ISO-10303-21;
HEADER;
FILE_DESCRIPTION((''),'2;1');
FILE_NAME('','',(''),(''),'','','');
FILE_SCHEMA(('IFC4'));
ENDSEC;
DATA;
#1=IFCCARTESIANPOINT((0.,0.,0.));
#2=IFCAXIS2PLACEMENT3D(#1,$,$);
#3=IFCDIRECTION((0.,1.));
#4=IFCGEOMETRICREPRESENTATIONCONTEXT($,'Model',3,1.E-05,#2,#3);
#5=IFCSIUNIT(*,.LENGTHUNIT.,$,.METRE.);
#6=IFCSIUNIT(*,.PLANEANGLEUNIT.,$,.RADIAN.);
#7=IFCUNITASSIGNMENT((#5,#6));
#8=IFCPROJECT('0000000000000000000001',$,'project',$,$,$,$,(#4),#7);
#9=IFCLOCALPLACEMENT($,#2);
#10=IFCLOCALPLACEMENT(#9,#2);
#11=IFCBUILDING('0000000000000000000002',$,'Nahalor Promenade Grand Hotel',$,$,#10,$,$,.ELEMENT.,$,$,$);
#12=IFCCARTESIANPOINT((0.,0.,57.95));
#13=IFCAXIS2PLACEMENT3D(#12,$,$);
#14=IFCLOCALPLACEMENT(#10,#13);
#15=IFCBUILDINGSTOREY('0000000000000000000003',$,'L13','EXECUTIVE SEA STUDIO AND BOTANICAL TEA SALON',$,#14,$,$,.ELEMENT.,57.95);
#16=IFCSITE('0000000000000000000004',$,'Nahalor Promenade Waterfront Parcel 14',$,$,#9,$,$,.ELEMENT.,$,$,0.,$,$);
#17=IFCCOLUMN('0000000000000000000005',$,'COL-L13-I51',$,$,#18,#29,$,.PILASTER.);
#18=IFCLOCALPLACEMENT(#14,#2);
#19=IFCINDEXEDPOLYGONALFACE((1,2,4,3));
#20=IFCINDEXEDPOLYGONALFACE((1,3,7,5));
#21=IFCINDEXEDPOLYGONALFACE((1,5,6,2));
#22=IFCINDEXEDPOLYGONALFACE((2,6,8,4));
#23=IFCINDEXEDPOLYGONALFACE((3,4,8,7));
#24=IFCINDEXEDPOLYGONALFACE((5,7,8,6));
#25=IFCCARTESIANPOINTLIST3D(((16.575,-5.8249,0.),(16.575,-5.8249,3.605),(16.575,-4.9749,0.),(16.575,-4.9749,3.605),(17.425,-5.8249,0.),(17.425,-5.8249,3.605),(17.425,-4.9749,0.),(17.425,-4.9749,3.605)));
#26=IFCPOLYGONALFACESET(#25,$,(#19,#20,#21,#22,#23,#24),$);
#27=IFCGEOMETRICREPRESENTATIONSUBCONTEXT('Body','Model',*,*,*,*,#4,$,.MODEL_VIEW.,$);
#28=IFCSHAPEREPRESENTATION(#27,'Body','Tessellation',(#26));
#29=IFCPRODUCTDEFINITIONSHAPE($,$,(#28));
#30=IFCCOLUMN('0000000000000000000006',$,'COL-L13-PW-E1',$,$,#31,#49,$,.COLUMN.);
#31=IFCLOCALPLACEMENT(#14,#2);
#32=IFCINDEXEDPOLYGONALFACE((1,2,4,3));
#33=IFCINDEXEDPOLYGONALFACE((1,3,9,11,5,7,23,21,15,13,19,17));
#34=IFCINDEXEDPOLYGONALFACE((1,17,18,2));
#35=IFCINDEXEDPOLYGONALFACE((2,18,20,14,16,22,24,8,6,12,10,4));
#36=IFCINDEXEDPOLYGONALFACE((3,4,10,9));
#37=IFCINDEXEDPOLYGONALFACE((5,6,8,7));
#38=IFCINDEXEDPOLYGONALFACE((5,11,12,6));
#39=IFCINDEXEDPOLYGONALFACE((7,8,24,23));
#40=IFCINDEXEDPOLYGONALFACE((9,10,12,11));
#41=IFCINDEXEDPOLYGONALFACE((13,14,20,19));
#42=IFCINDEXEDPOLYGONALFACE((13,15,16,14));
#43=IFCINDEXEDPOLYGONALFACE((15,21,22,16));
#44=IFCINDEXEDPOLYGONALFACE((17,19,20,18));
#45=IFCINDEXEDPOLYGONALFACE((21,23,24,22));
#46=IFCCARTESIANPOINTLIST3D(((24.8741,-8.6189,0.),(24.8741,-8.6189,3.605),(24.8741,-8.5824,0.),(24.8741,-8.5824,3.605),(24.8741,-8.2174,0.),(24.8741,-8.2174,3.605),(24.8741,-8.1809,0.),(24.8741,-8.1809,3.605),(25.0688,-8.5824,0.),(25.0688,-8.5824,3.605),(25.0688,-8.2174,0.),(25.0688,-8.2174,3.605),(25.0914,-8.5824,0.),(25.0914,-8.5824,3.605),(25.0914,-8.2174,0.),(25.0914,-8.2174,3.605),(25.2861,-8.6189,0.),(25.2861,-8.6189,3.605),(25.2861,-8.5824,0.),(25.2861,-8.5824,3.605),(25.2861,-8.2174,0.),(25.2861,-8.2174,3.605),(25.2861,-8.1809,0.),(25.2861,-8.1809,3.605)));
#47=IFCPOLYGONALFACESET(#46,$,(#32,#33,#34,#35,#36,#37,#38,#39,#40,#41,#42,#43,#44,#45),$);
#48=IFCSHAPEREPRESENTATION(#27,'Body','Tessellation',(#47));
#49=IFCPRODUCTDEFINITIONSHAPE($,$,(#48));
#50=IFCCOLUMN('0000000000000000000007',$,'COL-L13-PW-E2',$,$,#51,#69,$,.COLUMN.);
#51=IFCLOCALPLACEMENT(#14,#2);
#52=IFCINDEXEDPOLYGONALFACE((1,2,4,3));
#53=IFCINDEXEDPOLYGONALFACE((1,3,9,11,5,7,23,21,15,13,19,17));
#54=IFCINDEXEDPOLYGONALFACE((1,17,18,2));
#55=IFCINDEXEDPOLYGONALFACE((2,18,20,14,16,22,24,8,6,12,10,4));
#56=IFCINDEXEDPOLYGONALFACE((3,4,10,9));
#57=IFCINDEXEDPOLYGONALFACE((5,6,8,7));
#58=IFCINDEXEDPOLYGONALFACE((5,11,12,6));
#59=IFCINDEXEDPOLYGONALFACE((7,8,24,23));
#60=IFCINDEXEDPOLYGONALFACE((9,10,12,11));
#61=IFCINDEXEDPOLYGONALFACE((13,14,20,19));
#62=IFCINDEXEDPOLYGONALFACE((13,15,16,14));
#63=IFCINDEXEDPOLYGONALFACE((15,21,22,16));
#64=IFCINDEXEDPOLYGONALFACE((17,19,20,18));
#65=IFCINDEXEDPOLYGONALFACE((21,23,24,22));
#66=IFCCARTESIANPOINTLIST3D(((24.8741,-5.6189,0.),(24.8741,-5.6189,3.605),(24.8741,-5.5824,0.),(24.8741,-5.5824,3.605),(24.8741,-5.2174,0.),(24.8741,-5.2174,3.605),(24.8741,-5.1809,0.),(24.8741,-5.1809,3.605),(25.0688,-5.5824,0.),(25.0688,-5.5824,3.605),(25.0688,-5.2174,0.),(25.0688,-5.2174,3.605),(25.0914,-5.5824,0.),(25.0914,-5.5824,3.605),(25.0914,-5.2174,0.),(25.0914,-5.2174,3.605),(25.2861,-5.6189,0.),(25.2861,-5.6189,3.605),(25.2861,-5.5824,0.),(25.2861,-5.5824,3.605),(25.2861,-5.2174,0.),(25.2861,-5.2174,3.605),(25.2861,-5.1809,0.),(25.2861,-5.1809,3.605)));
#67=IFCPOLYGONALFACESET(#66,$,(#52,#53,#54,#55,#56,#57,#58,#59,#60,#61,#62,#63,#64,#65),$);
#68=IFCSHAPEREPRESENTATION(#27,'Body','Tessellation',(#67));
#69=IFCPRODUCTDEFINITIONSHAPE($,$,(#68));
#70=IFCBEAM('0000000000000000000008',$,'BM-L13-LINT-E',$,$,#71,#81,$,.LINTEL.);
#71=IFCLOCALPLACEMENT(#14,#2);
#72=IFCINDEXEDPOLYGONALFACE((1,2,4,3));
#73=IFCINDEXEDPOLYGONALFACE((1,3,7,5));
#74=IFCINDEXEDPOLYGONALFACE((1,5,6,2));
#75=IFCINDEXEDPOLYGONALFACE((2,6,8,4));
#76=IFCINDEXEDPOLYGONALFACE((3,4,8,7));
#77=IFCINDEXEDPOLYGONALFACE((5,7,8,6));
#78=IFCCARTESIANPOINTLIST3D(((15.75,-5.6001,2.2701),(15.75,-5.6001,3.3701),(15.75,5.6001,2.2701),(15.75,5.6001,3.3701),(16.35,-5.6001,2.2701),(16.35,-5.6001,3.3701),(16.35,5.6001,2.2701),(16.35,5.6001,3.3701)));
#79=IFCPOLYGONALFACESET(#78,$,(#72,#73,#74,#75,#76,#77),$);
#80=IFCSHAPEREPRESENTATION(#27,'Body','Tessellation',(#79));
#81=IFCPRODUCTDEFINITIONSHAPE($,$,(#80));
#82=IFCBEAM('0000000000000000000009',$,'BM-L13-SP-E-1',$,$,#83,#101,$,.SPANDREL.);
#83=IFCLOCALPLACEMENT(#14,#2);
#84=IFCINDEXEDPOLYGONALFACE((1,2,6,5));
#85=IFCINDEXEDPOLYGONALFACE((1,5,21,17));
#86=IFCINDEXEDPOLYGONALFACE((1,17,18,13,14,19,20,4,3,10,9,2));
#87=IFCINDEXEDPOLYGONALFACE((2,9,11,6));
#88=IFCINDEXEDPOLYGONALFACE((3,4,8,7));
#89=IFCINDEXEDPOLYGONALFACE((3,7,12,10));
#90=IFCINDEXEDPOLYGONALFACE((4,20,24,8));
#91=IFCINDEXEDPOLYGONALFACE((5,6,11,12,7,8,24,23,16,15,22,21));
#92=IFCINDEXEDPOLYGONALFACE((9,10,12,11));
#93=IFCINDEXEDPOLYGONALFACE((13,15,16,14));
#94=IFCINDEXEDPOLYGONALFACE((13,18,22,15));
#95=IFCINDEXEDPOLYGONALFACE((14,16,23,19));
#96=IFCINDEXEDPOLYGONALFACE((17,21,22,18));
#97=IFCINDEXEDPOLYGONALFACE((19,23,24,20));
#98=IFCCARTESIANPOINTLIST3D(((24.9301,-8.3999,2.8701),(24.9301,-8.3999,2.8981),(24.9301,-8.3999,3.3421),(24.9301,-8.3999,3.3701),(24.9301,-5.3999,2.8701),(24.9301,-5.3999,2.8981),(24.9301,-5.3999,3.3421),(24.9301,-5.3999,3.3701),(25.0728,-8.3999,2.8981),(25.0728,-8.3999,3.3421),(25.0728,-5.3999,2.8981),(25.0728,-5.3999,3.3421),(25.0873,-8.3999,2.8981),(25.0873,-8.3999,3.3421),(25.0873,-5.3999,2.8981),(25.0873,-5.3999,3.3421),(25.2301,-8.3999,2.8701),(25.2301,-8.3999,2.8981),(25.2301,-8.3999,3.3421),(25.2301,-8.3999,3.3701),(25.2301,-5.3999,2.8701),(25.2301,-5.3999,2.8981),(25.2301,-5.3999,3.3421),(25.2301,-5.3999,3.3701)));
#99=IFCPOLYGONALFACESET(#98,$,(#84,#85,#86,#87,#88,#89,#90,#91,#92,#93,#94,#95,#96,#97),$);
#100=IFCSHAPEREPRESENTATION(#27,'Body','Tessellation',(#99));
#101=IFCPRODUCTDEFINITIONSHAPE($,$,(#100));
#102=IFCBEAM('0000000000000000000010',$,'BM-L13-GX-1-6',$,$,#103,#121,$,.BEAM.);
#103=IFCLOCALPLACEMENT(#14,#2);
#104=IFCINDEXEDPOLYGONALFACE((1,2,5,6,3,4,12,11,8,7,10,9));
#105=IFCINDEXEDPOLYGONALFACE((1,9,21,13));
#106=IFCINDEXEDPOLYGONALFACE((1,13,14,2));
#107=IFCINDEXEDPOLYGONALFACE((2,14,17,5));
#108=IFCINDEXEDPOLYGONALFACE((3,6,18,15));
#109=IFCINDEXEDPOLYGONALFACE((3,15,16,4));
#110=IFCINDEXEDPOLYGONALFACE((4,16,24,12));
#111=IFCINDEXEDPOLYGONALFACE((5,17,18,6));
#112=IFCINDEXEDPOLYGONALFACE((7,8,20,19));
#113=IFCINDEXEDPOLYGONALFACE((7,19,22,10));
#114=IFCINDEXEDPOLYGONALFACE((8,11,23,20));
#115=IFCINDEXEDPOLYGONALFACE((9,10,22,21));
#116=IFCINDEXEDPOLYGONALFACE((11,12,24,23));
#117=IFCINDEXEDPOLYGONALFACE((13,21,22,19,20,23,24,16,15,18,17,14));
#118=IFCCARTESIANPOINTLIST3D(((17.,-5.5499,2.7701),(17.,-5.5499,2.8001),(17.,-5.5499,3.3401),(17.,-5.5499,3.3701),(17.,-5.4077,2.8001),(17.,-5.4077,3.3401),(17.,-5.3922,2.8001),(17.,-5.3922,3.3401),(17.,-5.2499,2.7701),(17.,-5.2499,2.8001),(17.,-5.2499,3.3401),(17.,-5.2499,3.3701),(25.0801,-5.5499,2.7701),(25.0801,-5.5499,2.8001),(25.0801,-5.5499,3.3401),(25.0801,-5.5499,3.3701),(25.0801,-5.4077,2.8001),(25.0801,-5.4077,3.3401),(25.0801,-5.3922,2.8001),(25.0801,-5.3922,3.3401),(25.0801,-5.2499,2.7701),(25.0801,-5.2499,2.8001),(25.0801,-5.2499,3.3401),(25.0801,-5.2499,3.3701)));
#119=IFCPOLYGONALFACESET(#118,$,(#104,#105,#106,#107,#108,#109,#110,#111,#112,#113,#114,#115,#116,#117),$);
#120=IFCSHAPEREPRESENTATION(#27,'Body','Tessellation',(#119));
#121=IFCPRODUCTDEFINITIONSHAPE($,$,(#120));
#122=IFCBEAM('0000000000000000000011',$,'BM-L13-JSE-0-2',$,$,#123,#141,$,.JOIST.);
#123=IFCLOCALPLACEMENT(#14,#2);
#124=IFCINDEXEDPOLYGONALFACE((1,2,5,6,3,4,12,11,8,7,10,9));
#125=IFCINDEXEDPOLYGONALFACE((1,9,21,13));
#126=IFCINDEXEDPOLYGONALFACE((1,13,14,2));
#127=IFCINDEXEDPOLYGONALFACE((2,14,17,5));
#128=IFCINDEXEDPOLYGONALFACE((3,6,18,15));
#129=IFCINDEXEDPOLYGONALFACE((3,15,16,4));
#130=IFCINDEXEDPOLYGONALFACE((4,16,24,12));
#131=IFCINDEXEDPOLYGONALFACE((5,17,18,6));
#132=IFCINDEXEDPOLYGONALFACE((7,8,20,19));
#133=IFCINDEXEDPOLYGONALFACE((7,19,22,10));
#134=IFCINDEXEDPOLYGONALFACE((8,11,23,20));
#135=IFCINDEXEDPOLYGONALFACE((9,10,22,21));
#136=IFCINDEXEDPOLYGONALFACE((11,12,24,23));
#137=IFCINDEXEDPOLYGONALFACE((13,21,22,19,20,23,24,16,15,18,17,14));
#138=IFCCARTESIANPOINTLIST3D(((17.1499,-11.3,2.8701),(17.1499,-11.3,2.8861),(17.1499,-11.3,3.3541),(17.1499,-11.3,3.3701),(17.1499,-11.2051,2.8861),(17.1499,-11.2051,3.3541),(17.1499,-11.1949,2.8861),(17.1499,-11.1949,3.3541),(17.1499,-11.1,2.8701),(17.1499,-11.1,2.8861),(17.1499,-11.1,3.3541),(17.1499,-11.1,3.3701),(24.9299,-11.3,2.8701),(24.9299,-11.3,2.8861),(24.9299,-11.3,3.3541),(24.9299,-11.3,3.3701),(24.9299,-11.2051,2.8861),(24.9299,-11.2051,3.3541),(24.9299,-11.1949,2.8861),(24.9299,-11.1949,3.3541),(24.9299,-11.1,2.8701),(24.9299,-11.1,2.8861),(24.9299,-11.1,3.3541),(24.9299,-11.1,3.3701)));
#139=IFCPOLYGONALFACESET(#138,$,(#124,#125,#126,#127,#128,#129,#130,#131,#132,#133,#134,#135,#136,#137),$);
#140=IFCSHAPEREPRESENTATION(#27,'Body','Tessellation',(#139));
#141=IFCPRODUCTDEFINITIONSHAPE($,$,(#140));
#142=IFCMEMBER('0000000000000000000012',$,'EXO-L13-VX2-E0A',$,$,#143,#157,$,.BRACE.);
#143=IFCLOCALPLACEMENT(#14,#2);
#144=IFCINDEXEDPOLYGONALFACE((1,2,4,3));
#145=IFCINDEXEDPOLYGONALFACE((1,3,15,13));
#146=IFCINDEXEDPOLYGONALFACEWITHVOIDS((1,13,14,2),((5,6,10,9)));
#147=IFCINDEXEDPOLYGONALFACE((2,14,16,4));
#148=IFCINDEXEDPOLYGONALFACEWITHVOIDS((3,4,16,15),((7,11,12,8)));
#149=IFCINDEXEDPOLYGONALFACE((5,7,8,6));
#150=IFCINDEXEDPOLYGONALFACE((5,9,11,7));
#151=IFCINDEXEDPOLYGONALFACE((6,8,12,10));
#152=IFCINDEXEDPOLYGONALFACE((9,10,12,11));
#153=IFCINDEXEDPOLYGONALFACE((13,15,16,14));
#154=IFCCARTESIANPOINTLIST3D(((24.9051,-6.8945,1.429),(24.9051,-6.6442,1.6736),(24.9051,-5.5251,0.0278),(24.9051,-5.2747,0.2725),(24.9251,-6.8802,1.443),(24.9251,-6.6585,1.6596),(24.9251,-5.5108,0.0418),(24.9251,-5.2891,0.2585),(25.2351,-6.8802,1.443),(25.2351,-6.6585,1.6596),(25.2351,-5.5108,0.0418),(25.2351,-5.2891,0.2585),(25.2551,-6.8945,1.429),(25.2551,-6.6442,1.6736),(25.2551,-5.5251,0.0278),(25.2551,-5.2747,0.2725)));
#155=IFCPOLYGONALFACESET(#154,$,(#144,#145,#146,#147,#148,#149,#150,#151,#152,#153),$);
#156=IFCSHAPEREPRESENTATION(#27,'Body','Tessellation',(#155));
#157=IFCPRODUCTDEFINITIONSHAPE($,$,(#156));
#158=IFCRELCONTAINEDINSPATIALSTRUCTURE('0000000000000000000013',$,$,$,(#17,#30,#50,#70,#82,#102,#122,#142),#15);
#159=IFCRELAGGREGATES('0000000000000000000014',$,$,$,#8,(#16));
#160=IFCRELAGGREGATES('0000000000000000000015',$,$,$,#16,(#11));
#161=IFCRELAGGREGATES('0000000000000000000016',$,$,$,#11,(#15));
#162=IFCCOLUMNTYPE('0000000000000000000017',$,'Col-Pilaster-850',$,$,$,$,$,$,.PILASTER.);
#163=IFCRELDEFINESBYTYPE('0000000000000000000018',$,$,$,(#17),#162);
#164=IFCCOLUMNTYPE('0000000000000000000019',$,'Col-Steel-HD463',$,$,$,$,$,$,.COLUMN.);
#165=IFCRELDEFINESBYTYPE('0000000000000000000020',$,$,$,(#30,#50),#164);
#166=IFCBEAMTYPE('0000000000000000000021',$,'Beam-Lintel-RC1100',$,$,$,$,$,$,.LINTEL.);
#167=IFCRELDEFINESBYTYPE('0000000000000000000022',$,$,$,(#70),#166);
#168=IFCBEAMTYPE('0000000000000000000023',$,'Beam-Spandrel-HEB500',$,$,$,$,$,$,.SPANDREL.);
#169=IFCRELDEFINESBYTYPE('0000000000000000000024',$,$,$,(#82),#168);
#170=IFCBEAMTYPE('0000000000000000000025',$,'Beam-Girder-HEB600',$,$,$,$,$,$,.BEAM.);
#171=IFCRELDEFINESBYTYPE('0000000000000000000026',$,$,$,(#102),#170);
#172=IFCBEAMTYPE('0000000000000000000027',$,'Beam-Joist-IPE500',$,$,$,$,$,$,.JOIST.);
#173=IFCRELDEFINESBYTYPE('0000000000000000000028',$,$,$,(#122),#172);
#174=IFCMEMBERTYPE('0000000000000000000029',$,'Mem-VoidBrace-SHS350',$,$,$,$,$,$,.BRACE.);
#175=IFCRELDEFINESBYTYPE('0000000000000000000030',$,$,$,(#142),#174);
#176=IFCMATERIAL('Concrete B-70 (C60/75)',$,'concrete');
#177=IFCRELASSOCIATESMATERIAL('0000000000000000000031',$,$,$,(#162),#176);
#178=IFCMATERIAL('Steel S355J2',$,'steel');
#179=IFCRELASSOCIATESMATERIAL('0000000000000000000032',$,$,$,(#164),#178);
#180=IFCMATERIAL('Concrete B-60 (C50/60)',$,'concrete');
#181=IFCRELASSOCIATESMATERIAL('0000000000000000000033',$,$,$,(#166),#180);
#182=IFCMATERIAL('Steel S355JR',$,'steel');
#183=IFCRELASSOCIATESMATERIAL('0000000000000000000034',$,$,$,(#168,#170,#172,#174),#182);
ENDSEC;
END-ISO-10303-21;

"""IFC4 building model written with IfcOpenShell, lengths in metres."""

from ifc_helpers import new_model, si_unit, direction, frame, origin, origin_2d, place, context, subcontext, project, spatial, rectangle, hollow_rectangle, i_section, extrude, source, transform, mapped, material, material_profile, profile_set, type_object, element, save


model = new_model("IFC4")

# Units and contexts
model_context = context("Model", 3, precision=1e-05, world=origin(), true_north=direction((0.0, 1.0)))
body_context = subcontext(model_context, "Body", "Model", "MODEL_VIEW")
ifc_project = project(units=[si_unit("LENGTHUNIT", "METRE"), si_unit("PLANEANGLEUNIT", "RADIAN")], contexts=[model_context])

# Site, building, storey
site_placement = place(None, origin())
site = spatial("IfcSite", under=ifc_project, at=site_placement, Name="Nahalor Promenade Waterfront Parcel 14", CompositionType="ELEMENT", RefElevation=0.0)
building_placement = place(site_placement, origin())
building = spatial("IfcBuilding", under=site, at=building_placement, Name="Nahalor Promenade Grand Hotel", CompositionType="ELEMENT")
storey_placement = place(building_placement, frame((0.0, 0.0, 57.95)))
storey = spatial("IfcBuildingStorey", under=building, at=storey_placement, Name="L13", Description="EXECUTIVE SEA STUDIO AND BOTANICAL TEA SALON", CompositionType="ELEMENT", Elevation=57.95)

# Columns
ifc_material_1 = material(Name="Concrete B-70 (C60/75)", Category="concrete")
ifc_material_profile_1 = material_profile(ifc_material_1, rectangle(XDim=0.85, YDim=0.85, at=origin_2d()), Name="RC 850x850")
ifc_profile_set_1 = profile_set([ifc_material_profile_1], Name="Concrete B-70 (C60/75)")
column_type_1 = type_object("IfcColumnType", Name="Col-Pilaster-850", PredefinedType="PILASTER", material=ifc_profile_set_1)
shared_shape_1 = source(origin(), body_context, "Body", "SweptSolid", [
    extrude(rectangle(XDim=0.85, YDim=0.85, at=origin_2d()), origin(), (0.0, 0.0, 1.0), 3.605),
])
column_placement = place(storey_placement, frame((17.0, -5.3999, 0.0), z_axis=(0.0, 0.0, 1.0), x_axis=(1.0, 0.0, 0.0)))
element("IfcColumn", 1, at=column_placement, inside=storey, type_object=column_type_1, Name="COL-L13-I51", PredefinedType="PILASTER", context=body_context, shape_type="MappedRepresentation", body=[
    mapped(shared_shape_1, transform((0.0, 0.0, 0.0), scale=1.0)),
])
ifc_material_2 = material(Name="Steel S355J2", Category="steel")
ifc_material_profile_2 = material_profile(ifc_material_2, i_section(OverallWidth=0.412, OverallDepth=0.438, WebThickness=0.0226, FlangeThickness=0.0365, at=origin_2d()), Name="HD 400x463")
ifc_profile_set_2 = profile_set([ifc_material_profile_2], Name="Steel S355J2")
column_type_2 = type_object("IfcColumnType", Name="Col-Steel-HD463", PredefinedType="COLUMN", material=ifc_profile_set_2)
shared_shape_2 = source(origin(), body_context, "Body", "SweptSolid", [
    extrude(i_section(OverallWidth=0.412, OverallDepth=0.438, WebThickness=0.0226, FlangeThickness=0.0365, at=origin_2d()), origin(), (0.0, 0.0, 1.0), 3.605),
])
for number, where, z_axis, x_axis, name in (
    (2, (25.0801, -8.3999, 0.0), (0.0, 0.0, 1.0), (1.0, 0.0, 0.0), "COL-L13-PW-E1"),
    (3, (25.0801, -5.3999, 0.0), (0.0, 0.0, 1.0), (1.0, 0.0, 0.0), "COL-L13-PW-E2"),
):
    element("IfcColumn", number, at=place(storey_placement, frame(where, z_axis=z_axis, x_axis=x_axis)), inside=storey, type_object=column_type_2, Name=name, PredefinedType="COLUMN", context=body_context, shape_type="MappedRepresentation", body=[
        mapped(shared_shape_2, transform((0.0, 0.0, 0.0), scale=1.0)),
    ])

# Beams
ifc_material_3 = material(Name="Concrete B-60 (C50/60)", Category="concrete")
ifc_material_profile_3 = material_profile(ifc_material_3, rectangle(XDim=0.6, YDim=1.1, at=origin_2d()), Name="RC 600x1100")
ifc_profile_set_3 = profile_set([ifc_material_profile_3], Name="Concrete B-60 (C50/60)")
beam_type_1 = type_object("IfcBeamType", Name="Beam-Lintel-RC1100", PredefinedType="LINTEL", material=ifc_profile_set_3)
shared_shape_3 = source(origin(), body_context, "Body", "SweptSolid", [
    extrude(rectangle(XDim=0.6, YDim=1.1, at=origin_2d()), origin(), (0.0, 0.0, 1.0), 11.2002),
])
beam_1_placement = place(storey_placement, frame((16.05, -5.6001, 2.8201), z_axis=(0.0, 1.0, 0.0), x_axis=(-1.0, 0.0, 0.0)))
element("IfcBeam", 4, at=beam_1_placement, inside=storey, type_object=beam_type_1, Name="BM-L13-LINT-E", PredefinedType="LINTEL", context=body_context, shape_type="MappedRepresentation", body=[
    mapped(shared_shape_3, transform((0.0, 0.0, 0.0), scale=1.0)),
])
ifc_material_4 = material(Name="Steel S355JR", Category="steel")
ifc_material_profile_4 = material_profile(ifc_material_4, i_section(OverallWidth=0.3, OverallDepth=0.5, WebThickness=0.0145, FlangeThickness=0.028, at=origin_2d()), Name="HEB 500")
ifc_profile_set_4 = profile_set([ifc_material_profile_4], Name="Steel S355JR")
beam_type_2 = type_object("IfcBeamType", Name="Beam-Spandrel-HEB500", PredefinedType="SPANDREL", material=ifc_profile_set_4)
shared_shape_4 = source(origin(), body_context, "Body", "SweptSolid", [
    extrude(i_section(OverallWidth=0.3, OverallDepth=0.5, WebThickness=0.0145, FlangeThickness=0.028, at=origin_2d()), origin(), (0.0, 0.0, 1.0), 3.0),
])
beam_2_placement = place(storey_placement, frame((25.0801, -8.3999, 3.1201), z_axis=(0.0, 1.0, 0.0), x_axis=(-1.0, 0.0, 0.0)))
element("IfcBeam", 5, at=beam_2_placement, inside=storey, type_object=beam_type_2, Name="BM-L13-SP-E-1", PredefinedType="SPANDREL", context=body_context, shape_type="MappedRepresentation", body=[
    mapped(shared_shape_4, transform((0.0, 0.0, 0.0), scale=1.0)),
])
ifc_material_profile_5 = material_profile(ifc_material_4, i_section(OverallWidth=0.3, OverallDepth=0.6, WebThickness=0.0155, FlangeThickness=0.03, at=origin_2d()), Name="HEB 600")
ifc_profile_set_5 = profile_set([ifc_material_profile_5], Name="Steel S355JR")
beam_type_3 = type_object("IfcBeamType", Name="Beam-Girder-HEB600", PredefinedType="BEAM", material=ifc_profile_set_5)
shared_shape_5 = source(origin(), body_context, "Body", "SweptSolid", [
    extrude(i_section(OverallWidth=0.3, OverallDepth=0.6, WebThickness=0.0155, FlangeThickness=0.03, at=origin_2d()), origin(), (0.0, 0.0, 1.0), 8.0801),
])
beam_3_placement = place(storey_placement, frame((17.0, -5.3999, 3.0701), z_axis=(1.0, 0.0, 0.0), x_axis=(0.0, 1.0, 0.0)))
element("IfcBeam", 6, at=beam_3_placement, inside=storey, type_object=beam_type_3, Name="BM-L13-GX-1-6", PredefinedType="BEAM", context=body_context, shape_type="MappedRepresentation", body=[
    mapped(shared_shape_5, transform((0.0, 0.0, 0.0), scale=1.0)),
])
ifc_material_profile_6 = material_profile(ifc_material_4, i_section(OverallWidth=0.2, OverallDepth=0.5, WebThickness=0.0102, FlangeThickness=0.016, at=origin_2d()), Name="IPE 500")
ifc_profile_set_6 = profile_set([ifc_material_profile_6], Name="Steel S355JR")
beam_type_4 = type_object("IfcBeamType", Name="Beam-Joist-IPE500", PredefinedType="JOIST", material=ifc_profile_set_6)
shared_shape_6 = source(origin(), body_context, "Body", "SweptSolid", [
    extrude(i_section(OverallWidth=0.2, OverallDepth=0.5, WebThickness=0.0102, FlangeThickness=0.016, at=origin_2d()), origin(), (0.0, 0.0, 1.0), 7.78),
])
beam_4_placement = place(storey_placement, frame((17.1499, -11.2, 3.1201), z_axis=(1.0, 0.0, 0.0), x_axis=(0.0, 1.0, 0.0)))
element("IfcBeam", 7, at=beam_4_placement, inside=storey, type_object=beam_type_4, Name="BM-L13-JSE-0-2", PredefinedType="JOIST", context=body_context, shape_type="MappedRepresentation", body=[
    mapped(shared_shape_6, transform((0.0, 0.0, 0.0), scale=1.0)),
])

# Member
ifc_material_profile_7 = material_profile(ifc_material_4, hollow_rectangle(XDim=0.35, YDim=0.35, WallThickness=0.02, at=origin_2d()), Name="SHS 350x350x20")
ifc_profile_set_7 = profile_set([ifc_material_profile_7], Name="Steel S355JR")
member_type_1 = type_object("IfcMemberType", Name="Mem-VoidBrace-SHS350", PredefinedType="BRACE", material=ifc_profile_set_7)
shared_shape_7 = source(origin(), body_context, "Body", "SweptSolid", [
    extrude(hollow_rectangle(XDim=0.35, YDim=0.35, WallThickness=0.02, at=origin_2d()), origin(), (0.0, 0.0, 1.0), 1.9592),
])
member_1_placement = place(storey_placement, frame((25.0801, -5.3999, 0.1501), z_axis=(0.0, -0.69896, 0.71516), x_axis=(1.0, 0.0, 0.0)))
element("IfcMember", 8, at=member_1_placement, inside=storey, type_object=member_type_1, Name="EXO-L13-VX2-E0A", PredefinedType="BRACE", context=body_context, shape_type="MappedRepresentation", body=[
    mapped(shared_shape_7, transform((0.0, 0.0, 0.0), scale=1.0)),
])

save(model, "model.ifc")
